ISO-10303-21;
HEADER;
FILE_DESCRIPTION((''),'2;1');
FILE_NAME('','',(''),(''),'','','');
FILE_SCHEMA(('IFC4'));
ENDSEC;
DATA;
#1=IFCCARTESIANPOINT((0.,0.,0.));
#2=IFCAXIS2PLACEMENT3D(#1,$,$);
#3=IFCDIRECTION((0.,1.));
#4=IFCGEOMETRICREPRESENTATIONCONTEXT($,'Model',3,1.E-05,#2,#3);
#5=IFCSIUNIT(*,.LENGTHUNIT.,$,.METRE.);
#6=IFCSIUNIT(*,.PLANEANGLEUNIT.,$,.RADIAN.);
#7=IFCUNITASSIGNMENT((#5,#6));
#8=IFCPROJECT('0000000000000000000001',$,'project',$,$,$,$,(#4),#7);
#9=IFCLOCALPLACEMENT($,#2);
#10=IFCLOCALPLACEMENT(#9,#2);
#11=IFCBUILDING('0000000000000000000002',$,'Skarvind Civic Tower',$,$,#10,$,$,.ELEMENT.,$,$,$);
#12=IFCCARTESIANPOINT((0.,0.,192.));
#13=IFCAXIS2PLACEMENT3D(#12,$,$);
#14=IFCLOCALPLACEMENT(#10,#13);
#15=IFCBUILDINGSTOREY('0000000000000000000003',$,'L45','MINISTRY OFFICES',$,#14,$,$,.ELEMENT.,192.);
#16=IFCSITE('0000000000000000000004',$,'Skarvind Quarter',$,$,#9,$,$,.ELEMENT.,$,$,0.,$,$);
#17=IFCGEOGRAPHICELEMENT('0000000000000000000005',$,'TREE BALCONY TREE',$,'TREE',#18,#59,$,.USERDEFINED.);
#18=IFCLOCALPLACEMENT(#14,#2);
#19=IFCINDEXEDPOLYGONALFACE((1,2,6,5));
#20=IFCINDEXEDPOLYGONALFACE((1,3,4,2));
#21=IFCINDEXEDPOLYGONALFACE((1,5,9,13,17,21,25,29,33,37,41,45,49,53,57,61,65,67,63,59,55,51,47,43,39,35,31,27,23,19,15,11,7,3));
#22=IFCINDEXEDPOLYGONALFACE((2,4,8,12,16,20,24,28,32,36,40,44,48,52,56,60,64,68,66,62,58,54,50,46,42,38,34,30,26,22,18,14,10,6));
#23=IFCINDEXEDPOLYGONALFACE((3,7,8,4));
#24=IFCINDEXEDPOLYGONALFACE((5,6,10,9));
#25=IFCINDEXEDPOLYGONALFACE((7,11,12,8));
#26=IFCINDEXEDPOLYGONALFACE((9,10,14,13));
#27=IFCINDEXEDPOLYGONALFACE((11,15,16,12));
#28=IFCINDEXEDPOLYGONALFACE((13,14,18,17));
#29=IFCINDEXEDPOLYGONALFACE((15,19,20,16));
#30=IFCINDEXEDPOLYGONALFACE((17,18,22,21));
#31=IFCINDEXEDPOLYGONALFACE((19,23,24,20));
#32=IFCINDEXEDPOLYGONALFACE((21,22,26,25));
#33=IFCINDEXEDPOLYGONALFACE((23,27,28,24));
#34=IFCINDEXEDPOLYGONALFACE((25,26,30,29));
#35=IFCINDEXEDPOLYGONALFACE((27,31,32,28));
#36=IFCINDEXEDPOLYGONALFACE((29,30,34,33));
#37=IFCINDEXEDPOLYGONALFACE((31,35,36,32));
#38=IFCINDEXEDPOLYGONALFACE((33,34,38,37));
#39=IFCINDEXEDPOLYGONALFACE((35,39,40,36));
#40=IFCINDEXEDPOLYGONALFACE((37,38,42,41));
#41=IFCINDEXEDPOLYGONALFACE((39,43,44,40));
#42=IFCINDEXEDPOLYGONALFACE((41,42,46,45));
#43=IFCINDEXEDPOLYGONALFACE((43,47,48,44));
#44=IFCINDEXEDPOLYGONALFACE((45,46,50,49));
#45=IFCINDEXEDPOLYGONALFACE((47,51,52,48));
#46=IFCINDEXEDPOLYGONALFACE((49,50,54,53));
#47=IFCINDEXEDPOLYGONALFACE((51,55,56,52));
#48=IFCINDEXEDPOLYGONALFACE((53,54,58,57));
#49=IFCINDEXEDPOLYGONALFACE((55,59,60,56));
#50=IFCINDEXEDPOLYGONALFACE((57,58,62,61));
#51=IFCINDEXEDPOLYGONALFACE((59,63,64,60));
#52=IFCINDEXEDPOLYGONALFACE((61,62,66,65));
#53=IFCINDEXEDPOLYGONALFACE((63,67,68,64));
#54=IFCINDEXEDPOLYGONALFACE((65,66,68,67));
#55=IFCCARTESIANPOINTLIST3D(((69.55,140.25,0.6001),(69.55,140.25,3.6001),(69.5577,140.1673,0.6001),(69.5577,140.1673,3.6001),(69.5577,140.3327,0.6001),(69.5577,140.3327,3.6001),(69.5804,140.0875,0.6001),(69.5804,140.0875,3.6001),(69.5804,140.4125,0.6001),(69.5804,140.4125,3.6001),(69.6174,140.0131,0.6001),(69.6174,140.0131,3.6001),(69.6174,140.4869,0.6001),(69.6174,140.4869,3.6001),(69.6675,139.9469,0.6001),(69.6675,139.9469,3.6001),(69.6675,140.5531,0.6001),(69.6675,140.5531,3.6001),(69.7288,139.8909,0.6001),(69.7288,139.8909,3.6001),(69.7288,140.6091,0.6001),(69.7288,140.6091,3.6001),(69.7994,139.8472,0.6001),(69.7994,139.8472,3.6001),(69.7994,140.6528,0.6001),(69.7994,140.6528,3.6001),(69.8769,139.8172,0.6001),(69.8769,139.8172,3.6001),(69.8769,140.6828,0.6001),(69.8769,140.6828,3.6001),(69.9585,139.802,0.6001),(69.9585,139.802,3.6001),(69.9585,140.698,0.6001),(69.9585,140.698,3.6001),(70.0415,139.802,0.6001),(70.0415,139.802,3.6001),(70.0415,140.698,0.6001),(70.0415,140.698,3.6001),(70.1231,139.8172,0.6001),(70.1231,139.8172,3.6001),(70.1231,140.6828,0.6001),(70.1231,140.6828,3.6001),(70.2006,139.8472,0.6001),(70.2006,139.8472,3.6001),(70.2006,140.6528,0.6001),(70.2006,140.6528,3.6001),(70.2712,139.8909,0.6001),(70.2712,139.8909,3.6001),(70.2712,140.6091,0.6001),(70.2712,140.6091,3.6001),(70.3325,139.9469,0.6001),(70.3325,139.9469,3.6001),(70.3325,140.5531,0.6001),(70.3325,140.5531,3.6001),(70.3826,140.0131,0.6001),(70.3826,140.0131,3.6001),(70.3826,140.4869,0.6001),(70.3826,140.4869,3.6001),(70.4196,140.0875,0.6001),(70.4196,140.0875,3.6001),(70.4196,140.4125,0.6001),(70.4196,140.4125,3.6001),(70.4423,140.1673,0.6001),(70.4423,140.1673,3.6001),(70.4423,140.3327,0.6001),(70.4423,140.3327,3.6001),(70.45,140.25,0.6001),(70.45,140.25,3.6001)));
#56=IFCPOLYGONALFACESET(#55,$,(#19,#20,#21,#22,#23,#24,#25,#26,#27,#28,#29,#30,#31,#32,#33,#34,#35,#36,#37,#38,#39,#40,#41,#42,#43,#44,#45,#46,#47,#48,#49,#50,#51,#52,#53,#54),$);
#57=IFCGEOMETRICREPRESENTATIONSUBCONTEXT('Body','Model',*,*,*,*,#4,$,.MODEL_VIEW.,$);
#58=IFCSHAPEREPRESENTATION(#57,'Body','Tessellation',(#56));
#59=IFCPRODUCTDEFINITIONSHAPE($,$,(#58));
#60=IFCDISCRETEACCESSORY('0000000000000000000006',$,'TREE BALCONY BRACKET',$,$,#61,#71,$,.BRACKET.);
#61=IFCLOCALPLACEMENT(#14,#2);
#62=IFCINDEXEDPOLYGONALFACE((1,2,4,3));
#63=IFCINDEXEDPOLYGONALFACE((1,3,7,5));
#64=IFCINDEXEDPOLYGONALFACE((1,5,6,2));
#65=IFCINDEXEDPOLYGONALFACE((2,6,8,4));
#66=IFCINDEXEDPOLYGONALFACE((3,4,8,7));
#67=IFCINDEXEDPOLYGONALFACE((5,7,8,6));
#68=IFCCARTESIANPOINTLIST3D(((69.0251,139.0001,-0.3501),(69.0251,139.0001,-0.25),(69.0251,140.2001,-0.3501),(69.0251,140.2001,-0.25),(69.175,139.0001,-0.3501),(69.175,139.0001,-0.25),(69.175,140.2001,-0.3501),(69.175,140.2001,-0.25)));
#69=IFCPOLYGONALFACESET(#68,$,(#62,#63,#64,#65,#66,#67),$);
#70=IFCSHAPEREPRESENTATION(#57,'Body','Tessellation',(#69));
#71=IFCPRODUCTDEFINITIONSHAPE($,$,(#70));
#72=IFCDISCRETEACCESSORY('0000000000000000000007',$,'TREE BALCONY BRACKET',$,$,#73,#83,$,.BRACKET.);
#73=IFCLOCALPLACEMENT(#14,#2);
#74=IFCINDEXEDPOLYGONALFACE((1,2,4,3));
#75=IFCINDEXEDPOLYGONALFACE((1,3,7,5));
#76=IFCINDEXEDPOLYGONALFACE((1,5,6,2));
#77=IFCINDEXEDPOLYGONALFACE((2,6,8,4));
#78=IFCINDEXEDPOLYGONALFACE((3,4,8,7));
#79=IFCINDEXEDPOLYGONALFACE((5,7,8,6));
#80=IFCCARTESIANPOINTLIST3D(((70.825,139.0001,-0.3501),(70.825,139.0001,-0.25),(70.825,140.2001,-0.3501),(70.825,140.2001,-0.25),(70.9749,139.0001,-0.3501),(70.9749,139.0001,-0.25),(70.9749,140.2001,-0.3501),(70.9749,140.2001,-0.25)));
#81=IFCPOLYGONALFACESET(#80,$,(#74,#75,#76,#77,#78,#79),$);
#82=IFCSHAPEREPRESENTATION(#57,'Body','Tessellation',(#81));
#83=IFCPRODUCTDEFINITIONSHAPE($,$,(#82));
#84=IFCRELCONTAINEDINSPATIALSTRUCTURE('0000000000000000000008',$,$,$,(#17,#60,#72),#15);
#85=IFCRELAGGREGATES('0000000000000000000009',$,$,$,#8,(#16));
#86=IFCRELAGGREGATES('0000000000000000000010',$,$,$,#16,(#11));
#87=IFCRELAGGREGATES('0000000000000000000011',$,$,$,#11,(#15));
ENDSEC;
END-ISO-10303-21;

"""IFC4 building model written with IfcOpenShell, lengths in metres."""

from ifc_helpers import new_model, si_unit, direction, frame, origin, origin_2d, place, context, subcontext, project, spatial, rectangle, circle, extrude, element, save


model = new_model("IFC4")

# Units and contexts
model_context = context("Model", 3, precision=1e-05, world=origin(), true_north=direction((0.0, 1.0)))
body_context = subcontext(model_context, "Body", "Model", "MODEL_VIEW")
ifc_project = project(units=[si_unit("LENGTHUNIT", "METRE"), si_unit("PLANEANGLEUNIT", "RADIAN")], contexts=[model_context])

# Site, building, storey
site_placement = place(None, origin())
site = spatial("IfcSite", under=ifc_project, at=site_placement, Name="Skarvind Quarter", CompositionType="ELEMENT", RefElevation=0.0)
building_placement = place(site_placement, origin())
building = spatial("IfcBuilding", under=site, at=building_placement, Name="Skarvind Civic Tower", CompositionType="ELEMENT")
storey_placement = place(building_placement, frame((0.0, 0.0, 192.0)))
storey = spatial("IfcBuildingStorey", under=building, at=storey_placement, Name="L45", Description="MINISTRY OFFICES", CompositionType="ELEMENT", Elevation=192.0)

# Geographic element
geographic_element_1_placement = place(storey_placement, frame((70.0, 140.25, 0.6001), z_axis=(0.0, 0.0, 1.0), x_axis=(1.0, 0.0, 0.0)))
element("IfcGeographicElement", 1, at=geographic_element_1_placement, inside=storey, Name="TREE BALCONY TREE", ObjectType="TREE", PredefinedType="USERDEFINED", context=body_context, shape_type="SweptSolid", body=[
    extrude(circle(Radius=0.45, at=origin_2d()), origin(), (0.0, 0.0, 1.0), 3.0),
])

# Discrete accessories
for number, where, z_axis, x_axis, name in (
    (2, (69.1001, 139.6001, -0.3501), (0.0, 0.0, 1.0), (1.0, 0.0, 0.0), "TREE BALCONY BRACKET"),
    (3, (70.8999, 139.6001, -0.3501), (0.0, 0.0, 1.0), (1.0, 0.0, 0.0), "TREE BALCONY BRACKET"),
):
    element("IfcDiscreteAccessory", number, at=place(storey_placement, frame(where, z_axis=z_axis, x_axis=x_axis)), inside=storey, Name=name, PredefinedType="BRACKET", context=body_context, shape_type="SweptSolid", body=[
        extrude(rectangle(XDim=0.1499, YDim=1.2, at=origin_2d()), origin(), (0.0, 0.0, 1.0), 0.1001),
    ])

save(model, "model.ifc")
